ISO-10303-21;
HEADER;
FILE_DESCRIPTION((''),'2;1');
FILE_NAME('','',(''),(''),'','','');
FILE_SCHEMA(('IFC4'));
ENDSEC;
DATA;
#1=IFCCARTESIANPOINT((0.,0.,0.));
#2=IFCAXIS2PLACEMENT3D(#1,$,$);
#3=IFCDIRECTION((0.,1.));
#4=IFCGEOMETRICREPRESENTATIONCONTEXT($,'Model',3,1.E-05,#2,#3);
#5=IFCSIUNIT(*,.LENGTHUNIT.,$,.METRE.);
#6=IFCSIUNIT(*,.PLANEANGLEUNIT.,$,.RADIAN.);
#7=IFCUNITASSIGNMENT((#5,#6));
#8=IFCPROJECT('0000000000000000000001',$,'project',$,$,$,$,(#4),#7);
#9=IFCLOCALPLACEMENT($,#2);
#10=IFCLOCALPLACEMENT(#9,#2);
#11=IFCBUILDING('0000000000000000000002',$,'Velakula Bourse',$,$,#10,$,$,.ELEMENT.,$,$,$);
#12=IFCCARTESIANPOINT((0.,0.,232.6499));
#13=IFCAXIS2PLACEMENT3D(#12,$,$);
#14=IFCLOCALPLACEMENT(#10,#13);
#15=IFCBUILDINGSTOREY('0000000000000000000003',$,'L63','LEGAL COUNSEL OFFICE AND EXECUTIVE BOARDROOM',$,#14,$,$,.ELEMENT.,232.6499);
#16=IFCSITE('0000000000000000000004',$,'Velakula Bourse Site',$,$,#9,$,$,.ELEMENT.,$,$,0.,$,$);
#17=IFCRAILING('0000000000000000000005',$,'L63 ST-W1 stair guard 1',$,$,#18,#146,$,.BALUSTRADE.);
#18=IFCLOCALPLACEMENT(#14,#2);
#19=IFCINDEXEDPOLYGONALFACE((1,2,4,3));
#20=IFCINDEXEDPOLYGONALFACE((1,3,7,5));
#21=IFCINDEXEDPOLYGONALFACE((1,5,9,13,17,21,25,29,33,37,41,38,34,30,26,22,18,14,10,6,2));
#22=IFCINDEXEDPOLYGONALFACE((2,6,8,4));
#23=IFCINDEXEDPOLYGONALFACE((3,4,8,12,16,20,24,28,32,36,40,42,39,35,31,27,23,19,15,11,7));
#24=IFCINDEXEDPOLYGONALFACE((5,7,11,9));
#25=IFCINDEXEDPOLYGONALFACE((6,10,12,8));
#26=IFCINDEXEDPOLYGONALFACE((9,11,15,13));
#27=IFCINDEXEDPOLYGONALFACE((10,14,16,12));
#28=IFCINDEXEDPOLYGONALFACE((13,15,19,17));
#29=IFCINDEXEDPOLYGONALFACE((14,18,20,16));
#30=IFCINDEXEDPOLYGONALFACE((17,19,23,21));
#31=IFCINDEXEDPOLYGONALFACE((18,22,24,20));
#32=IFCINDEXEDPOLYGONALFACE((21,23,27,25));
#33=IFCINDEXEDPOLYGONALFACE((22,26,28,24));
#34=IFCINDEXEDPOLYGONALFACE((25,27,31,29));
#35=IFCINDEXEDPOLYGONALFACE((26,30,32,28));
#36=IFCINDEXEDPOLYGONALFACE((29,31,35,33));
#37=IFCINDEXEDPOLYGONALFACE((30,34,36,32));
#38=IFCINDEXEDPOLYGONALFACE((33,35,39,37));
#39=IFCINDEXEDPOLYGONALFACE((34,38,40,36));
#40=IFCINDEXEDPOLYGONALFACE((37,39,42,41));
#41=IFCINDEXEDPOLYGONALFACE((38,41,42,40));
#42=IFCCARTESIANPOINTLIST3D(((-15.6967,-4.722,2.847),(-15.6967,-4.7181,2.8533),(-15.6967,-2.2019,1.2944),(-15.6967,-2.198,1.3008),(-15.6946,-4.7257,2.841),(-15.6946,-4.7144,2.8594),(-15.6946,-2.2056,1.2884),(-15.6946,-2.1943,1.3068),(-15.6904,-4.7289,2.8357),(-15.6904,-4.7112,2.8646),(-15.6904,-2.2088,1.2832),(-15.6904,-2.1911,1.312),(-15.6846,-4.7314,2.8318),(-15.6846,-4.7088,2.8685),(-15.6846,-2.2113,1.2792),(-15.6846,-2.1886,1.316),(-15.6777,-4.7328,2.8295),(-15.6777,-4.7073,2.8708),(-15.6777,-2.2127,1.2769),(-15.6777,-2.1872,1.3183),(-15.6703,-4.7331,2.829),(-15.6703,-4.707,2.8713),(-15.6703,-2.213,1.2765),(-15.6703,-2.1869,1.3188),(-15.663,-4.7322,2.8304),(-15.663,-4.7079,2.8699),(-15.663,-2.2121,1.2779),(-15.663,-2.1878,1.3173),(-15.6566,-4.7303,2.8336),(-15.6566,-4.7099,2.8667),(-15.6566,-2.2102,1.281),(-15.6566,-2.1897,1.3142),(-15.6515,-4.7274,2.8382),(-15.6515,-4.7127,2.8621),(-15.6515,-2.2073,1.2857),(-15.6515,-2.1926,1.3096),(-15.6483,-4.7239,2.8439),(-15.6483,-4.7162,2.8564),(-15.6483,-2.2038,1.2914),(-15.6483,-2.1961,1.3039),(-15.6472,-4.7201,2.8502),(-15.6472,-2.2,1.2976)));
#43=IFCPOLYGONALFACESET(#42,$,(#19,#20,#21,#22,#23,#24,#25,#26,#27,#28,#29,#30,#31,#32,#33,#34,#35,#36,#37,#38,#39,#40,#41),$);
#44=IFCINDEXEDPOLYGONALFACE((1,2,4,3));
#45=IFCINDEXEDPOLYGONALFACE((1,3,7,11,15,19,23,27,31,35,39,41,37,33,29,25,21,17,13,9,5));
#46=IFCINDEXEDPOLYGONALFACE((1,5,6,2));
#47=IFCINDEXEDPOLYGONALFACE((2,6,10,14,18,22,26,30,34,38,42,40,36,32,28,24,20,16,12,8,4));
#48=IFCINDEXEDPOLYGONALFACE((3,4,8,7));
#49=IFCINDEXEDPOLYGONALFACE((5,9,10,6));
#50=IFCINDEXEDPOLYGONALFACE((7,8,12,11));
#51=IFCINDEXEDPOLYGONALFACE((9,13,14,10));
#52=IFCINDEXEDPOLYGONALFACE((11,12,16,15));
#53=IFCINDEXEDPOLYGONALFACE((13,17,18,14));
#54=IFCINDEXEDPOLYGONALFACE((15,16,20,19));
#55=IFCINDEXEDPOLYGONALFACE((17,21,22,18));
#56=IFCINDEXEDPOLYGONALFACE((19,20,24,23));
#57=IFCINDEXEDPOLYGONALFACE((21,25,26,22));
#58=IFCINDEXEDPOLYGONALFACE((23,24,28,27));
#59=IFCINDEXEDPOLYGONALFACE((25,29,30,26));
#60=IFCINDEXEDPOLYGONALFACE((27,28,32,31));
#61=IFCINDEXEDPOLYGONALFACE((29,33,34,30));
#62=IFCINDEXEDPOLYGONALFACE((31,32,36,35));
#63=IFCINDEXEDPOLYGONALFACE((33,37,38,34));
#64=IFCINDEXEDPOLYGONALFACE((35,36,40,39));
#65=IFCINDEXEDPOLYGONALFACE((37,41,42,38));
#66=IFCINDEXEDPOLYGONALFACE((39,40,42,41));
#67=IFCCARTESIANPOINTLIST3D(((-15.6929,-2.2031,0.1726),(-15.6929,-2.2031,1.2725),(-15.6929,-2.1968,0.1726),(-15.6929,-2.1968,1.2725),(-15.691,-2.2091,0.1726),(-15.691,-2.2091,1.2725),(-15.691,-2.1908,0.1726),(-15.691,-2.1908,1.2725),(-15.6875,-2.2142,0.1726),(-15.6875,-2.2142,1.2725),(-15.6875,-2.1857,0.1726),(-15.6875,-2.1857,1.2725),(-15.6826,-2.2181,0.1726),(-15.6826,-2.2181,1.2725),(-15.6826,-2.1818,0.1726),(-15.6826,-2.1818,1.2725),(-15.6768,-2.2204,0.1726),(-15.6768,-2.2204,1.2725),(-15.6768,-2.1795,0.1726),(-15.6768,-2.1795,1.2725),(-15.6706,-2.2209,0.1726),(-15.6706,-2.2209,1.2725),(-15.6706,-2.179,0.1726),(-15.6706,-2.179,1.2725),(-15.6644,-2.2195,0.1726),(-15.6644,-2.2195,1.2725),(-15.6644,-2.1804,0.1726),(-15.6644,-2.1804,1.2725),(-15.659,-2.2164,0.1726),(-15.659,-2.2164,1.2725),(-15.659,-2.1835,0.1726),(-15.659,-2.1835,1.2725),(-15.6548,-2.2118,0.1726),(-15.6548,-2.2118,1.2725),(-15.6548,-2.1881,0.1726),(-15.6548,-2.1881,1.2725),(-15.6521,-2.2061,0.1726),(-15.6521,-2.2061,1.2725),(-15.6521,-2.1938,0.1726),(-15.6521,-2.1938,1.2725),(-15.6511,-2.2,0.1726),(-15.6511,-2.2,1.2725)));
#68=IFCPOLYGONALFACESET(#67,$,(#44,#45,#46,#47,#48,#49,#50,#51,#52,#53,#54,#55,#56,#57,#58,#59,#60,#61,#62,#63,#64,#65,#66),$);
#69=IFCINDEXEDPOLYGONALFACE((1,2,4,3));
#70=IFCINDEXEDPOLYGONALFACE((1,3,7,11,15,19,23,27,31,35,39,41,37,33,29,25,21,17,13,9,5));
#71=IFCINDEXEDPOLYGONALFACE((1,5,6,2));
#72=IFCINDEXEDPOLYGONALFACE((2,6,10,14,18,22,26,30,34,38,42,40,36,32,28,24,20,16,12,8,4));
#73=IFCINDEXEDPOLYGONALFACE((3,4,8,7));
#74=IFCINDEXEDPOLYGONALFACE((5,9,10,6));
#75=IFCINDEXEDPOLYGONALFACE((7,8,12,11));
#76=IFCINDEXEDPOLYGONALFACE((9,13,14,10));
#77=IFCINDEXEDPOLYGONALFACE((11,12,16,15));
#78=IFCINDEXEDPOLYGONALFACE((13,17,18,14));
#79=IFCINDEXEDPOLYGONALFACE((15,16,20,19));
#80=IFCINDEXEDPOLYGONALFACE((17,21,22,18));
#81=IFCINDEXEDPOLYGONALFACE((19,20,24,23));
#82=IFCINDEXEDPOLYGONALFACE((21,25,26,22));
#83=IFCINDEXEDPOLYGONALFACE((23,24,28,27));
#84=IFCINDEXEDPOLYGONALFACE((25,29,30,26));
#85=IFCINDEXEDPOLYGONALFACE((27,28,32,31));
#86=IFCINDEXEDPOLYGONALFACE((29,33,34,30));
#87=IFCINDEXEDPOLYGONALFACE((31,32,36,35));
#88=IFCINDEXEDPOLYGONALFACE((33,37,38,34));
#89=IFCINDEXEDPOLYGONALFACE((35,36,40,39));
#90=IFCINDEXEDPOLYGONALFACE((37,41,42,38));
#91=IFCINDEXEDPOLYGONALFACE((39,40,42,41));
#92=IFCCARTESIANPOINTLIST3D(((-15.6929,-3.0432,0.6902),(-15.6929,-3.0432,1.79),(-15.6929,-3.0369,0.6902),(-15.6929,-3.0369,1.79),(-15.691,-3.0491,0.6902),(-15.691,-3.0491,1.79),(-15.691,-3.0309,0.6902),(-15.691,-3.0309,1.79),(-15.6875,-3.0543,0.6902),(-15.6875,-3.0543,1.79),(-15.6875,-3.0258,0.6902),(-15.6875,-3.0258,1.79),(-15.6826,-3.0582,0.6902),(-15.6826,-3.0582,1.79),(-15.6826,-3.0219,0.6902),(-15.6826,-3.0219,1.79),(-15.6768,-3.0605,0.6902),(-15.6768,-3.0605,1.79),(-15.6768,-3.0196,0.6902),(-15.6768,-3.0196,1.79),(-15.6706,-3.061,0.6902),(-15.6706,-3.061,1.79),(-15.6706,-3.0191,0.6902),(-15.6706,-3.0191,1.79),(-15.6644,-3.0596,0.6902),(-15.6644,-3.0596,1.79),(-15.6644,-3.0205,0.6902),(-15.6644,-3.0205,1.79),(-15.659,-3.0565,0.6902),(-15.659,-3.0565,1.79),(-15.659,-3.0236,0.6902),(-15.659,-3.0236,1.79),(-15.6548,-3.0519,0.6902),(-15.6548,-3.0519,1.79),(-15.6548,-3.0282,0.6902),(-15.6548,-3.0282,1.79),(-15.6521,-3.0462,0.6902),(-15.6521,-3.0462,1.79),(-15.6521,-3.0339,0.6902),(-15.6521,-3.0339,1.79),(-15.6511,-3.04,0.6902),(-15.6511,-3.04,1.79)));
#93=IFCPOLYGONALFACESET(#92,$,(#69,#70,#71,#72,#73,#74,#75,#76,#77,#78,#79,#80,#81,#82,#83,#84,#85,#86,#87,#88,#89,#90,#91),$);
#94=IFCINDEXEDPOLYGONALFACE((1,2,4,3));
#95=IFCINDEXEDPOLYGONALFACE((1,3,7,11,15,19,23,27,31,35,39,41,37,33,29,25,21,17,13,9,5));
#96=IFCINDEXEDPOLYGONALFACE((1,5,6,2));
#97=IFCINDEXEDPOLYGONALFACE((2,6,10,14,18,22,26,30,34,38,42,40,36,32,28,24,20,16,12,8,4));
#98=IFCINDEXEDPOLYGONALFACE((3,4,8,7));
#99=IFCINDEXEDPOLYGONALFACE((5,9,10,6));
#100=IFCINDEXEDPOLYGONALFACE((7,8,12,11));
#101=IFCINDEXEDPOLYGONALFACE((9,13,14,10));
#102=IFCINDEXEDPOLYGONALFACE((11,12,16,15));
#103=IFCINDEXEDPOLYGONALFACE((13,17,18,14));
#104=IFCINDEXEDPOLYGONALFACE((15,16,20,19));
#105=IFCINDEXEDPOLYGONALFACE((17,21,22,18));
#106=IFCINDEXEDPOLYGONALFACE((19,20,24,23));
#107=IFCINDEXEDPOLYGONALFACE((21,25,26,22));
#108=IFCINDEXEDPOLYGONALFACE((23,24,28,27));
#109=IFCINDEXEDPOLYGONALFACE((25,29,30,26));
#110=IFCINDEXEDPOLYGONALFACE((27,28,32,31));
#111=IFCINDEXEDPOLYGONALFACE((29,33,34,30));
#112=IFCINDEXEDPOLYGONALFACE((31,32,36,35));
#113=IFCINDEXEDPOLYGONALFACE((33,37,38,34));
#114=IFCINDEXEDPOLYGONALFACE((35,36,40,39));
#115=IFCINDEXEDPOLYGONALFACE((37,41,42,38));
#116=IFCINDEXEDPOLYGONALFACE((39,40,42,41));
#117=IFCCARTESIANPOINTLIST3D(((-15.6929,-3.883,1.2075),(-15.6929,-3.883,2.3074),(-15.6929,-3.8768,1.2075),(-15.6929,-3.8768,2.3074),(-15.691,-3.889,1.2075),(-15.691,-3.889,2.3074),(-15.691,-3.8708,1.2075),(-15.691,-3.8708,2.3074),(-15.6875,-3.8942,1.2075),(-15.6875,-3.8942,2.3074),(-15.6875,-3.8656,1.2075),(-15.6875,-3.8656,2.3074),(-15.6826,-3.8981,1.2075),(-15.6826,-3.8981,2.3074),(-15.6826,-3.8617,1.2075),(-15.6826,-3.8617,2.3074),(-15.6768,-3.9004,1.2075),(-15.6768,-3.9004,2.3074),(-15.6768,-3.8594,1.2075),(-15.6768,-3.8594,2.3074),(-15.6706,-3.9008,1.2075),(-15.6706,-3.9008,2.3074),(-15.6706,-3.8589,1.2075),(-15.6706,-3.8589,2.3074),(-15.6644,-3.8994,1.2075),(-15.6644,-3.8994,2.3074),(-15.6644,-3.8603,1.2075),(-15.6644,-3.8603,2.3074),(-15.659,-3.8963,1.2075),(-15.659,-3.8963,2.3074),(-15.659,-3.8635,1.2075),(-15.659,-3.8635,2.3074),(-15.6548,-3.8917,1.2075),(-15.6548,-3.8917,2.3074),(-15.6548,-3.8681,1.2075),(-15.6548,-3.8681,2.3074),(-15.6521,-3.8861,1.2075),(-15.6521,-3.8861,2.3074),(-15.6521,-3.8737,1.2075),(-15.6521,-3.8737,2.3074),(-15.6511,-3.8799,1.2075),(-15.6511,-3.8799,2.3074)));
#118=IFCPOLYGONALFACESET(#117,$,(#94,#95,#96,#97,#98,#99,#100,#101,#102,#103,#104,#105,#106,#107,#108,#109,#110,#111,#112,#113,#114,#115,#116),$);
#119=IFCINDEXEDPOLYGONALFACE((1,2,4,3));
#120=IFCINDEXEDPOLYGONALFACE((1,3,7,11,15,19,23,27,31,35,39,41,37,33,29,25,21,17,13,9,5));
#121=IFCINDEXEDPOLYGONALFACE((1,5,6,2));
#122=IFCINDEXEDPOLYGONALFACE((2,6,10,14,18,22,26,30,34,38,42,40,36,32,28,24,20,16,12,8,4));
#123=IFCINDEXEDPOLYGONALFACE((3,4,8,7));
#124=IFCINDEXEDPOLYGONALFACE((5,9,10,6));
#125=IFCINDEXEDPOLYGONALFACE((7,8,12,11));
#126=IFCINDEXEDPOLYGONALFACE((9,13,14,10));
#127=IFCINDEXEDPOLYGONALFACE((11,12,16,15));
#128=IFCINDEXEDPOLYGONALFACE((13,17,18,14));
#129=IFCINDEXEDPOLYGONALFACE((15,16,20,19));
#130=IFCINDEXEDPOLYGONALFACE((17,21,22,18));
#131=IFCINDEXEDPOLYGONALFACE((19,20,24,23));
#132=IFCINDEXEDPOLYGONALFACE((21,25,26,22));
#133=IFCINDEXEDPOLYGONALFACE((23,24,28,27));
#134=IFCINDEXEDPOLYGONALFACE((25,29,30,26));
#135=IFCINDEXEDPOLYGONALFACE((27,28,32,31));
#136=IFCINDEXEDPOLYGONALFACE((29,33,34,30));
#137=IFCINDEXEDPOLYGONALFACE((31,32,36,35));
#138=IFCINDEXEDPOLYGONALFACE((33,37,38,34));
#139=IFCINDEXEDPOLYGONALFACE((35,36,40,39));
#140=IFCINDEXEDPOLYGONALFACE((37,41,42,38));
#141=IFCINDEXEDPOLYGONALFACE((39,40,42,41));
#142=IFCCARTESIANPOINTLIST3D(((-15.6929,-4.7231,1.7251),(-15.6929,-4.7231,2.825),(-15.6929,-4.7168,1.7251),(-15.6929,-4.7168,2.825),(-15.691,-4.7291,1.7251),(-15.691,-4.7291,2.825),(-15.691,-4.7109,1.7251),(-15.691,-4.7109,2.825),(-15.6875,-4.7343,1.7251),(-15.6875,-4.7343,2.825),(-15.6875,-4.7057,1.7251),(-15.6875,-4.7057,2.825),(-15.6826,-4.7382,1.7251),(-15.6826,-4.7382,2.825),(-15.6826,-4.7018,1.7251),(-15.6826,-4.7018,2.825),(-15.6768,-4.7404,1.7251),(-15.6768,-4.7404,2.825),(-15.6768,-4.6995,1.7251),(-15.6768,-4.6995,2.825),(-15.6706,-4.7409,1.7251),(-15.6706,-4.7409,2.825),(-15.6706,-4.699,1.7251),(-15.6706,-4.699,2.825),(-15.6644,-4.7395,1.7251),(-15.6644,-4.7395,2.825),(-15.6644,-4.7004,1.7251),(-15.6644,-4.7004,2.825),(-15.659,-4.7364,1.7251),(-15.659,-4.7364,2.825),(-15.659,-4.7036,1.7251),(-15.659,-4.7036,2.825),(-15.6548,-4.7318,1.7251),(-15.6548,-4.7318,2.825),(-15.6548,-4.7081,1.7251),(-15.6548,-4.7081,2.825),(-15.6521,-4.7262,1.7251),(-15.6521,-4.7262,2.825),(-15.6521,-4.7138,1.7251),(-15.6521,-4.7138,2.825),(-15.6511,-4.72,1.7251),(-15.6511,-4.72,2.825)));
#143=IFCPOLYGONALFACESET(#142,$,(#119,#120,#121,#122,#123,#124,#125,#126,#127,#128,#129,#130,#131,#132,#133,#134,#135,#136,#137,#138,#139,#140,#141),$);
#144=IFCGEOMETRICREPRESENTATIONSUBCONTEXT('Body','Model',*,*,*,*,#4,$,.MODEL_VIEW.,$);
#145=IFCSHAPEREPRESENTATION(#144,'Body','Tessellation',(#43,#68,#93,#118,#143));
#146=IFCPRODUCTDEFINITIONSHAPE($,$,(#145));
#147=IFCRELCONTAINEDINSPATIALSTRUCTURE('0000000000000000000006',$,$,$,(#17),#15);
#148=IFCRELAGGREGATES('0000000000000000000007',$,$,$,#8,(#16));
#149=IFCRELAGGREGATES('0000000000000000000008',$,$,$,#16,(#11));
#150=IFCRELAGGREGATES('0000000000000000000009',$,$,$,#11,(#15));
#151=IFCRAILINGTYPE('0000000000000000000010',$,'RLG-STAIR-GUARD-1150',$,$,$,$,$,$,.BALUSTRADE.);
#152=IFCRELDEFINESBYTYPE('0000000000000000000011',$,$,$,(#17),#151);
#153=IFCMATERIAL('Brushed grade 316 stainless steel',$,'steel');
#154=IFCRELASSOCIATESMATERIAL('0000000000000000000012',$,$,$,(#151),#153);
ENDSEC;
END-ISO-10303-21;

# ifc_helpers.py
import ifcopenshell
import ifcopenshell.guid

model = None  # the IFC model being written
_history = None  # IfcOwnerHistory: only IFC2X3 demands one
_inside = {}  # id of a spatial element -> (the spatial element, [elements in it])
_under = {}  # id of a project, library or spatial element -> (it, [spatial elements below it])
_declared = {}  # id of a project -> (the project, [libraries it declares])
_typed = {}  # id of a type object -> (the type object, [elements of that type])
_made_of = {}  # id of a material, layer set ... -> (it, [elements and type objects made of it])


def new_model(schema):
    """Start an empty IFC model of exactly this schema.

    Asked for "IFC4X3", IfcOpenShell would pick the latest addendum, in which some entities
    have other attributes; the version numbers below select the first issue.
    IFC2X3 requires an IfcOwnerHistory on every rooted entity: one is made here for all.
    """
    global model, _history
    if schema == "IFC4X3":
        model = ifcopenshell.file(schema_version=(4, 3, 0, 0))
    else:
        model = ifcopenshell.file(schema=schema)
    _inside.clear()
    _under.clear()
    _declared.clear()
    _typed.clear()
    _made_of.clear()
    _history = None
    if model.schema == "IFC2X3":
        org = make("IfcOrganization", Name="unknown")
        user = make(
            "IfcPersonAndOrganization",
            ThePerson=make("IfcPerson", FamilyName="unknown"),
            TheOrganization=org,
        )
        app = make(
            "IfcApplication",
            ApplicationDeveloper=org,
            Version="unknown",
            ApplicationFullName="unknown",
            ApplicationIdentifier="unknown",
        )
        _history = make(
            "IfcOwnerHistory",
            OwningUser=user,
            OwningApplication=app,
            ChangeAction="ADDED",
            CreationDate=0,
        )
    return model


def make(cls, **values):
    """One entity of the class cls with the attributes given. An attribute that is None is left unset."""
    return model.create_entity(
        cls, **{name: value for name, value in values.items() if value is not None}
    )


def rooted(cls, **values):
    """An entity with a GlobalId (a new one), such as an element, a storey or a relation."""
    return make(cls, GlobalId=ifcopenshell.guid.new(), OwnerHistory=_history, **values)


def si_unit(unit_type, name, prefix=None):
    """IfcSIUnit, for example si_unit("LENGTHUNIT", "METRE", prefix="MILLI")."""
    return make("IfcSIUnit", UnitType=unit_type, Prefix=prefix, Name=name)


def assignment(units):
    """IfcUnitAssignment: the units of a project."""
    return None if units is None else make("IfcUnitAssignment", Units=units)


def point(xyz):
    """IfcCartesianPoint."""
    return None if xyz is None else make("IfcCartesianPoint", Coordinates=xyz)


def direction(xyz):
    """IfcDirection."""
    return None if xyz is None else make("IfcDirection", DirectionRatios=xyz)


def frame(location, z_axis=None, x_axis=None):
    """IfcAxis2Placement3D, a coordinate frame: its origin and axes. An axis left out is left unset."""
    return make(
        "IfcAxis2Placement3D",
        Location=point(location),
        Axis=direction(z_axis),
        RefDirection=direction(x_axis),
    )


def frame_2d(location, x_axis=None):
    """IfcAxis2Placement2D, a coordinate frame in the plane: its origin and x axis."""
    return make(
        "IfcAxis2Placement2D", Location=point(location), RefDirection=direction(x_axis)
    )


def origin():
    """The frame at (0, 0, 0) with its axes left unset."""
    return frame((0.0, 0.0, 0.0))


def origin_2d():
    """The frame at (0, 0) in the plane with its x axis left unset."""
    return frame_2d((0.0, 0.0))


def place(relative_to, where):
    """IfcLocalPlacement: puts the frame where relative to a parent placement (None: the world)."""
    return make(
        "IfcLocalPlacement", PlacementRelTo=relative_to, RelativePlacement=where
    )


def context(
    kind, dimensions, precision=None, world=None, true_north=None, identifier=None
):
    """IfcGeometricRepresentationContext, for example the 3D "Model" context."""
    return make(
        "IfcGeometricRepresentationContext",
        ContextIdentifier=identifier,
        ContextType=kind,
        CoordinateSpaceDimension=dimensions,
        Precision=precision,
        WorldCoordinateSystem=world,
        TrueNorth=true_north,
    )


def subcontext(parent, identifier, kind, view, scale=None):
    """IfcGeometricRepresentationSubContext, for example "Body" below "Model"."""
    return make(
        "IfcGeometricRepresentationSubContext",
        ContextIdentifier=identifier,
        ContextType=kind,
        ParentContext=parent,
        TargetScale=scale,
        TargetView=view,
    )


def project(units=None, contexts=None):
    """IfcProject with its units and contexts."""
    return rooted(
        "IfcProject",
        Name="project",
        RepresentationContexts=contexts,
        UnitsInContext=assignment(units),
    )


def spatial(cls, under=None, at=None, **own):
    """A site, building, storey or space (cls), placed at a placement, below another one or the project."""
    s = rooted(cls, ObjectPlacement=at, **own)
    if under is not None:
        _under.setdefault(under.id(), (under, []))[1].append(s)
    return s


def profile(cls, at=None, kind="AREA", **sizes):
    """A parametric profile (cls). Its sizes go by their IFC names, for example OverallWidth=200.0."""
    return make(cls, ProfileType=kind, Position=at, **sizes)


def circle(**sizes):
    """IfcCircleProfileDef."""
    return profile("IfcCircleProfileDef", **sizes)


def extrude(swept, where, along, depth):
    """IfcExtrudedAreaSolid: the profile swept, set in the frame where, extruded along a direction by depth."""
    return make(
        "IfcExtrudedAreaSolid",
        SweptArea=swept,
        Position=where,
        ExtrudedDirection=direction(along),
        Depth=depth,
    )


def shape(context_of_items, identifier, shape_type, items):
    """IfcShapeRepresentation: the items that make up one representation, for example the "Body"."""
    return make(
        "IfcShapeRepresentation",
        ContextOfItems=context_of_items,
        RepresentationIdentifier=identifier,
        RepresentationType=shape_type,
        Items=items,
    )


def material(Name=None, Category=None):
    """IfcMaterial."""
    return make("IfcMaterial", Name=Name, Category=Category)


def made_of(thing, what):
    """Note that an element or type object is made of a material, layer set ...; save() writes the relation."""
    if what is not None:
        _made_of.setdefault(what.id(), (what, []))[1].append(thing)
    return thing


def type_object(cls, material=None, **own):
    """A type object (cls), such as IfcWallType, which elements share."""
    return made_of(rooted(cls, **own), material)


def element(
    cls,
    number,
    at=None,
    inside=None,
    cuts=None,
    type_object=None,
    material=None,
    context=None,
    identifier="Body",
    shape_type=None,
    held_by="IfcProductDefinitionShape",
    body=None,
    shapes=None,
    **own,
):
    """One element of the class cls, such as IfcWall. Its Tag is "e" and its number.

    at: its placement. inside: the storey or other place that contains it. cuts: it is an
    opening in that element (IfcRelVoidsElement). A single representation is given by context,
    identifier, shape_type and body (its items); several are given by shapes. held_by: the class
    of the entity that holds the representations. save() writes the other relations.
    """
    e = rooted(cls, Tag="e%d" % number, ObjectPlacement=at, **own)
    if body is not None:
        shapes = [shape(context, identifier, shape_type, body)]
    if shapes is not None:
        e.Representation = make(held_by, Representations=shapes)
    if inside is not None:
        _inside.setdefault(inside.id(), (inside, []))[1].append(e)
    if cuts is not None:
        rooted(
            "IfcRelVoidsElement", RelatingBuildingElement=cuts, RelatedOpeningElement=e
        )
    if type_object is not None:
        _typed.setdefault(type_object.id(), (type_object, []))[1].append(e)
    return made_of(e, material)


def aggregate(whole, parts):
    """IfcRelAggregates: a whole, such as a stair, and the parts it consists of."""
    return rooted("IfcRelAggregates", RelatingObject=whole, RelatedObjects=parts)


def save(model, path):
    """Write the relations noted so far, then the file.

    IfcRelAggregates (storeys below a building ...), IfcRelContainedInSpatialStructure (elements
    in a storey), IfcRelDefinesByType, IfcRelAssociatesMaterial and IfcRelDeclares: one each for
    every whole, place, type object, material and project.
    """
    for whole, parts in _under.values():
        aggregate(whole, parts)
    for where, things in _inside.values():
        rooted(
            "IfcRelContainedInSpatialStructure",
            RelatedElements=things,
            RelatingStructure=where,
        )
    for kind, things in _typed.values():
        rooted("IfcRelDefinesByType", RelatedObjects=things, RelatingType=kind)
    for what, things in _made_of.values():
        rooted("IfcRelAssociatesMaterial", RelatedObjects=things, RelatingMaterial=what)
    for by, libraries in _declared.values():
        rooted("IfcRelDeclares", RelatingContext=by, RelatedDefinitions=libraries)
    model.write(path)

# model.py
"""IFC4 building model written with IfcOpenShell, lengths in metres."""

from ifc_helpers import new_model, si_unit, direction, frame, origin, origin_2d, place, context, subcontext, project, spatial, circle, extrude, material, type_object, element, save


model = new_model("IFC4")

# Units and contexts
model_context = context("Model", 3, precision=1e-05, world=origin(), true_north=direction((0.0, 1.0)))
body_context = subcontext(model_context, "Body", "Model", "MODEL_VIEW")
ifc_project = project(units=[si_unit("LENGTHUNIT", "METRE"), si_unit("PLANEANGLEUNIT", "RADIAN")], contexts=[model_context])

# Site, building, storey
site_placement = place(None, origin())
site = spatial("IfcSite", under=ifc_project, at=site_placement, Name="Velakula Bourse Site", CompositionType="ELEMENT", RefElevation=0.0)
building_placement = place(site_placement, origin())
building = spatial("IfcBuilding", under=site, at=building_placement, Name="Velakula Bourse", CompositionType="ELEMENT")
storey_placement = place(building_placement, frame((0.0, 0.0, 232.6499)))
storey = spatial("IfcBuildingStorey", under=building, at=storey_placement, Name="L63", Description="LEGAL COUNSEL OFFICE AND EXECUTIVE BOARDROOM", CompositionType="ELEMENT", Elevation=232.6499)

# Shared definitions
ifc_material_1 = material(Name="Brushed grade 316 stainless steel", Category="steel")

# Railing
railing_type_1 = type_object("IfcRailingType", Name="RLG-STAIR-GUARD-1150", PredefinedType="BALUSTRADE", material=ifc_material_1)
railing_1_placement = place(storey_placement, frame((-15.6721, -2.2, 0.1726)))
element("IfcRailing", 1, at=railing_1_placement, inside=storey, type_object=railing_type_1, Name="L63 ST-W1 stair guard 1", PredefinedType="BALUSTRADE", context=body_context, shape_type="SweptSolid", body=[
    extrude(circle(Radius=0.0249, at=origin_2d()), frame((0.0, 0.0, 1.125), z_axis=(0.0, -0.8514, 0.524516), x_axis=(1.0, 0.0, 0.0)), (0.0, 0.0, 1.0), 2.96),
    extrude(circle(Radius=0.021, at=origin_2d()), origin(), (0.0, 0.0, 1.0), 1.0999),
    extrude(circle(Radius=0.021, at=origin_2d()), frame((0.0, -0.8401, 0.5176)), (0.0, 0.0, 1.0), 1.0999),
    extrude(circle(Radius=0.021, at=origin_2d()), frame((0.0, -1.6799, 1.0349)), (0.0, 0.0, 1.0), 1.0999),
    extrude(circle(Radius=0.021, at=origin_2d()), frame((0.0, -2.52, 1.5525)), (0.0, 0.0, 1.0), 1.0999),
])

save(model, "model.ifc")
